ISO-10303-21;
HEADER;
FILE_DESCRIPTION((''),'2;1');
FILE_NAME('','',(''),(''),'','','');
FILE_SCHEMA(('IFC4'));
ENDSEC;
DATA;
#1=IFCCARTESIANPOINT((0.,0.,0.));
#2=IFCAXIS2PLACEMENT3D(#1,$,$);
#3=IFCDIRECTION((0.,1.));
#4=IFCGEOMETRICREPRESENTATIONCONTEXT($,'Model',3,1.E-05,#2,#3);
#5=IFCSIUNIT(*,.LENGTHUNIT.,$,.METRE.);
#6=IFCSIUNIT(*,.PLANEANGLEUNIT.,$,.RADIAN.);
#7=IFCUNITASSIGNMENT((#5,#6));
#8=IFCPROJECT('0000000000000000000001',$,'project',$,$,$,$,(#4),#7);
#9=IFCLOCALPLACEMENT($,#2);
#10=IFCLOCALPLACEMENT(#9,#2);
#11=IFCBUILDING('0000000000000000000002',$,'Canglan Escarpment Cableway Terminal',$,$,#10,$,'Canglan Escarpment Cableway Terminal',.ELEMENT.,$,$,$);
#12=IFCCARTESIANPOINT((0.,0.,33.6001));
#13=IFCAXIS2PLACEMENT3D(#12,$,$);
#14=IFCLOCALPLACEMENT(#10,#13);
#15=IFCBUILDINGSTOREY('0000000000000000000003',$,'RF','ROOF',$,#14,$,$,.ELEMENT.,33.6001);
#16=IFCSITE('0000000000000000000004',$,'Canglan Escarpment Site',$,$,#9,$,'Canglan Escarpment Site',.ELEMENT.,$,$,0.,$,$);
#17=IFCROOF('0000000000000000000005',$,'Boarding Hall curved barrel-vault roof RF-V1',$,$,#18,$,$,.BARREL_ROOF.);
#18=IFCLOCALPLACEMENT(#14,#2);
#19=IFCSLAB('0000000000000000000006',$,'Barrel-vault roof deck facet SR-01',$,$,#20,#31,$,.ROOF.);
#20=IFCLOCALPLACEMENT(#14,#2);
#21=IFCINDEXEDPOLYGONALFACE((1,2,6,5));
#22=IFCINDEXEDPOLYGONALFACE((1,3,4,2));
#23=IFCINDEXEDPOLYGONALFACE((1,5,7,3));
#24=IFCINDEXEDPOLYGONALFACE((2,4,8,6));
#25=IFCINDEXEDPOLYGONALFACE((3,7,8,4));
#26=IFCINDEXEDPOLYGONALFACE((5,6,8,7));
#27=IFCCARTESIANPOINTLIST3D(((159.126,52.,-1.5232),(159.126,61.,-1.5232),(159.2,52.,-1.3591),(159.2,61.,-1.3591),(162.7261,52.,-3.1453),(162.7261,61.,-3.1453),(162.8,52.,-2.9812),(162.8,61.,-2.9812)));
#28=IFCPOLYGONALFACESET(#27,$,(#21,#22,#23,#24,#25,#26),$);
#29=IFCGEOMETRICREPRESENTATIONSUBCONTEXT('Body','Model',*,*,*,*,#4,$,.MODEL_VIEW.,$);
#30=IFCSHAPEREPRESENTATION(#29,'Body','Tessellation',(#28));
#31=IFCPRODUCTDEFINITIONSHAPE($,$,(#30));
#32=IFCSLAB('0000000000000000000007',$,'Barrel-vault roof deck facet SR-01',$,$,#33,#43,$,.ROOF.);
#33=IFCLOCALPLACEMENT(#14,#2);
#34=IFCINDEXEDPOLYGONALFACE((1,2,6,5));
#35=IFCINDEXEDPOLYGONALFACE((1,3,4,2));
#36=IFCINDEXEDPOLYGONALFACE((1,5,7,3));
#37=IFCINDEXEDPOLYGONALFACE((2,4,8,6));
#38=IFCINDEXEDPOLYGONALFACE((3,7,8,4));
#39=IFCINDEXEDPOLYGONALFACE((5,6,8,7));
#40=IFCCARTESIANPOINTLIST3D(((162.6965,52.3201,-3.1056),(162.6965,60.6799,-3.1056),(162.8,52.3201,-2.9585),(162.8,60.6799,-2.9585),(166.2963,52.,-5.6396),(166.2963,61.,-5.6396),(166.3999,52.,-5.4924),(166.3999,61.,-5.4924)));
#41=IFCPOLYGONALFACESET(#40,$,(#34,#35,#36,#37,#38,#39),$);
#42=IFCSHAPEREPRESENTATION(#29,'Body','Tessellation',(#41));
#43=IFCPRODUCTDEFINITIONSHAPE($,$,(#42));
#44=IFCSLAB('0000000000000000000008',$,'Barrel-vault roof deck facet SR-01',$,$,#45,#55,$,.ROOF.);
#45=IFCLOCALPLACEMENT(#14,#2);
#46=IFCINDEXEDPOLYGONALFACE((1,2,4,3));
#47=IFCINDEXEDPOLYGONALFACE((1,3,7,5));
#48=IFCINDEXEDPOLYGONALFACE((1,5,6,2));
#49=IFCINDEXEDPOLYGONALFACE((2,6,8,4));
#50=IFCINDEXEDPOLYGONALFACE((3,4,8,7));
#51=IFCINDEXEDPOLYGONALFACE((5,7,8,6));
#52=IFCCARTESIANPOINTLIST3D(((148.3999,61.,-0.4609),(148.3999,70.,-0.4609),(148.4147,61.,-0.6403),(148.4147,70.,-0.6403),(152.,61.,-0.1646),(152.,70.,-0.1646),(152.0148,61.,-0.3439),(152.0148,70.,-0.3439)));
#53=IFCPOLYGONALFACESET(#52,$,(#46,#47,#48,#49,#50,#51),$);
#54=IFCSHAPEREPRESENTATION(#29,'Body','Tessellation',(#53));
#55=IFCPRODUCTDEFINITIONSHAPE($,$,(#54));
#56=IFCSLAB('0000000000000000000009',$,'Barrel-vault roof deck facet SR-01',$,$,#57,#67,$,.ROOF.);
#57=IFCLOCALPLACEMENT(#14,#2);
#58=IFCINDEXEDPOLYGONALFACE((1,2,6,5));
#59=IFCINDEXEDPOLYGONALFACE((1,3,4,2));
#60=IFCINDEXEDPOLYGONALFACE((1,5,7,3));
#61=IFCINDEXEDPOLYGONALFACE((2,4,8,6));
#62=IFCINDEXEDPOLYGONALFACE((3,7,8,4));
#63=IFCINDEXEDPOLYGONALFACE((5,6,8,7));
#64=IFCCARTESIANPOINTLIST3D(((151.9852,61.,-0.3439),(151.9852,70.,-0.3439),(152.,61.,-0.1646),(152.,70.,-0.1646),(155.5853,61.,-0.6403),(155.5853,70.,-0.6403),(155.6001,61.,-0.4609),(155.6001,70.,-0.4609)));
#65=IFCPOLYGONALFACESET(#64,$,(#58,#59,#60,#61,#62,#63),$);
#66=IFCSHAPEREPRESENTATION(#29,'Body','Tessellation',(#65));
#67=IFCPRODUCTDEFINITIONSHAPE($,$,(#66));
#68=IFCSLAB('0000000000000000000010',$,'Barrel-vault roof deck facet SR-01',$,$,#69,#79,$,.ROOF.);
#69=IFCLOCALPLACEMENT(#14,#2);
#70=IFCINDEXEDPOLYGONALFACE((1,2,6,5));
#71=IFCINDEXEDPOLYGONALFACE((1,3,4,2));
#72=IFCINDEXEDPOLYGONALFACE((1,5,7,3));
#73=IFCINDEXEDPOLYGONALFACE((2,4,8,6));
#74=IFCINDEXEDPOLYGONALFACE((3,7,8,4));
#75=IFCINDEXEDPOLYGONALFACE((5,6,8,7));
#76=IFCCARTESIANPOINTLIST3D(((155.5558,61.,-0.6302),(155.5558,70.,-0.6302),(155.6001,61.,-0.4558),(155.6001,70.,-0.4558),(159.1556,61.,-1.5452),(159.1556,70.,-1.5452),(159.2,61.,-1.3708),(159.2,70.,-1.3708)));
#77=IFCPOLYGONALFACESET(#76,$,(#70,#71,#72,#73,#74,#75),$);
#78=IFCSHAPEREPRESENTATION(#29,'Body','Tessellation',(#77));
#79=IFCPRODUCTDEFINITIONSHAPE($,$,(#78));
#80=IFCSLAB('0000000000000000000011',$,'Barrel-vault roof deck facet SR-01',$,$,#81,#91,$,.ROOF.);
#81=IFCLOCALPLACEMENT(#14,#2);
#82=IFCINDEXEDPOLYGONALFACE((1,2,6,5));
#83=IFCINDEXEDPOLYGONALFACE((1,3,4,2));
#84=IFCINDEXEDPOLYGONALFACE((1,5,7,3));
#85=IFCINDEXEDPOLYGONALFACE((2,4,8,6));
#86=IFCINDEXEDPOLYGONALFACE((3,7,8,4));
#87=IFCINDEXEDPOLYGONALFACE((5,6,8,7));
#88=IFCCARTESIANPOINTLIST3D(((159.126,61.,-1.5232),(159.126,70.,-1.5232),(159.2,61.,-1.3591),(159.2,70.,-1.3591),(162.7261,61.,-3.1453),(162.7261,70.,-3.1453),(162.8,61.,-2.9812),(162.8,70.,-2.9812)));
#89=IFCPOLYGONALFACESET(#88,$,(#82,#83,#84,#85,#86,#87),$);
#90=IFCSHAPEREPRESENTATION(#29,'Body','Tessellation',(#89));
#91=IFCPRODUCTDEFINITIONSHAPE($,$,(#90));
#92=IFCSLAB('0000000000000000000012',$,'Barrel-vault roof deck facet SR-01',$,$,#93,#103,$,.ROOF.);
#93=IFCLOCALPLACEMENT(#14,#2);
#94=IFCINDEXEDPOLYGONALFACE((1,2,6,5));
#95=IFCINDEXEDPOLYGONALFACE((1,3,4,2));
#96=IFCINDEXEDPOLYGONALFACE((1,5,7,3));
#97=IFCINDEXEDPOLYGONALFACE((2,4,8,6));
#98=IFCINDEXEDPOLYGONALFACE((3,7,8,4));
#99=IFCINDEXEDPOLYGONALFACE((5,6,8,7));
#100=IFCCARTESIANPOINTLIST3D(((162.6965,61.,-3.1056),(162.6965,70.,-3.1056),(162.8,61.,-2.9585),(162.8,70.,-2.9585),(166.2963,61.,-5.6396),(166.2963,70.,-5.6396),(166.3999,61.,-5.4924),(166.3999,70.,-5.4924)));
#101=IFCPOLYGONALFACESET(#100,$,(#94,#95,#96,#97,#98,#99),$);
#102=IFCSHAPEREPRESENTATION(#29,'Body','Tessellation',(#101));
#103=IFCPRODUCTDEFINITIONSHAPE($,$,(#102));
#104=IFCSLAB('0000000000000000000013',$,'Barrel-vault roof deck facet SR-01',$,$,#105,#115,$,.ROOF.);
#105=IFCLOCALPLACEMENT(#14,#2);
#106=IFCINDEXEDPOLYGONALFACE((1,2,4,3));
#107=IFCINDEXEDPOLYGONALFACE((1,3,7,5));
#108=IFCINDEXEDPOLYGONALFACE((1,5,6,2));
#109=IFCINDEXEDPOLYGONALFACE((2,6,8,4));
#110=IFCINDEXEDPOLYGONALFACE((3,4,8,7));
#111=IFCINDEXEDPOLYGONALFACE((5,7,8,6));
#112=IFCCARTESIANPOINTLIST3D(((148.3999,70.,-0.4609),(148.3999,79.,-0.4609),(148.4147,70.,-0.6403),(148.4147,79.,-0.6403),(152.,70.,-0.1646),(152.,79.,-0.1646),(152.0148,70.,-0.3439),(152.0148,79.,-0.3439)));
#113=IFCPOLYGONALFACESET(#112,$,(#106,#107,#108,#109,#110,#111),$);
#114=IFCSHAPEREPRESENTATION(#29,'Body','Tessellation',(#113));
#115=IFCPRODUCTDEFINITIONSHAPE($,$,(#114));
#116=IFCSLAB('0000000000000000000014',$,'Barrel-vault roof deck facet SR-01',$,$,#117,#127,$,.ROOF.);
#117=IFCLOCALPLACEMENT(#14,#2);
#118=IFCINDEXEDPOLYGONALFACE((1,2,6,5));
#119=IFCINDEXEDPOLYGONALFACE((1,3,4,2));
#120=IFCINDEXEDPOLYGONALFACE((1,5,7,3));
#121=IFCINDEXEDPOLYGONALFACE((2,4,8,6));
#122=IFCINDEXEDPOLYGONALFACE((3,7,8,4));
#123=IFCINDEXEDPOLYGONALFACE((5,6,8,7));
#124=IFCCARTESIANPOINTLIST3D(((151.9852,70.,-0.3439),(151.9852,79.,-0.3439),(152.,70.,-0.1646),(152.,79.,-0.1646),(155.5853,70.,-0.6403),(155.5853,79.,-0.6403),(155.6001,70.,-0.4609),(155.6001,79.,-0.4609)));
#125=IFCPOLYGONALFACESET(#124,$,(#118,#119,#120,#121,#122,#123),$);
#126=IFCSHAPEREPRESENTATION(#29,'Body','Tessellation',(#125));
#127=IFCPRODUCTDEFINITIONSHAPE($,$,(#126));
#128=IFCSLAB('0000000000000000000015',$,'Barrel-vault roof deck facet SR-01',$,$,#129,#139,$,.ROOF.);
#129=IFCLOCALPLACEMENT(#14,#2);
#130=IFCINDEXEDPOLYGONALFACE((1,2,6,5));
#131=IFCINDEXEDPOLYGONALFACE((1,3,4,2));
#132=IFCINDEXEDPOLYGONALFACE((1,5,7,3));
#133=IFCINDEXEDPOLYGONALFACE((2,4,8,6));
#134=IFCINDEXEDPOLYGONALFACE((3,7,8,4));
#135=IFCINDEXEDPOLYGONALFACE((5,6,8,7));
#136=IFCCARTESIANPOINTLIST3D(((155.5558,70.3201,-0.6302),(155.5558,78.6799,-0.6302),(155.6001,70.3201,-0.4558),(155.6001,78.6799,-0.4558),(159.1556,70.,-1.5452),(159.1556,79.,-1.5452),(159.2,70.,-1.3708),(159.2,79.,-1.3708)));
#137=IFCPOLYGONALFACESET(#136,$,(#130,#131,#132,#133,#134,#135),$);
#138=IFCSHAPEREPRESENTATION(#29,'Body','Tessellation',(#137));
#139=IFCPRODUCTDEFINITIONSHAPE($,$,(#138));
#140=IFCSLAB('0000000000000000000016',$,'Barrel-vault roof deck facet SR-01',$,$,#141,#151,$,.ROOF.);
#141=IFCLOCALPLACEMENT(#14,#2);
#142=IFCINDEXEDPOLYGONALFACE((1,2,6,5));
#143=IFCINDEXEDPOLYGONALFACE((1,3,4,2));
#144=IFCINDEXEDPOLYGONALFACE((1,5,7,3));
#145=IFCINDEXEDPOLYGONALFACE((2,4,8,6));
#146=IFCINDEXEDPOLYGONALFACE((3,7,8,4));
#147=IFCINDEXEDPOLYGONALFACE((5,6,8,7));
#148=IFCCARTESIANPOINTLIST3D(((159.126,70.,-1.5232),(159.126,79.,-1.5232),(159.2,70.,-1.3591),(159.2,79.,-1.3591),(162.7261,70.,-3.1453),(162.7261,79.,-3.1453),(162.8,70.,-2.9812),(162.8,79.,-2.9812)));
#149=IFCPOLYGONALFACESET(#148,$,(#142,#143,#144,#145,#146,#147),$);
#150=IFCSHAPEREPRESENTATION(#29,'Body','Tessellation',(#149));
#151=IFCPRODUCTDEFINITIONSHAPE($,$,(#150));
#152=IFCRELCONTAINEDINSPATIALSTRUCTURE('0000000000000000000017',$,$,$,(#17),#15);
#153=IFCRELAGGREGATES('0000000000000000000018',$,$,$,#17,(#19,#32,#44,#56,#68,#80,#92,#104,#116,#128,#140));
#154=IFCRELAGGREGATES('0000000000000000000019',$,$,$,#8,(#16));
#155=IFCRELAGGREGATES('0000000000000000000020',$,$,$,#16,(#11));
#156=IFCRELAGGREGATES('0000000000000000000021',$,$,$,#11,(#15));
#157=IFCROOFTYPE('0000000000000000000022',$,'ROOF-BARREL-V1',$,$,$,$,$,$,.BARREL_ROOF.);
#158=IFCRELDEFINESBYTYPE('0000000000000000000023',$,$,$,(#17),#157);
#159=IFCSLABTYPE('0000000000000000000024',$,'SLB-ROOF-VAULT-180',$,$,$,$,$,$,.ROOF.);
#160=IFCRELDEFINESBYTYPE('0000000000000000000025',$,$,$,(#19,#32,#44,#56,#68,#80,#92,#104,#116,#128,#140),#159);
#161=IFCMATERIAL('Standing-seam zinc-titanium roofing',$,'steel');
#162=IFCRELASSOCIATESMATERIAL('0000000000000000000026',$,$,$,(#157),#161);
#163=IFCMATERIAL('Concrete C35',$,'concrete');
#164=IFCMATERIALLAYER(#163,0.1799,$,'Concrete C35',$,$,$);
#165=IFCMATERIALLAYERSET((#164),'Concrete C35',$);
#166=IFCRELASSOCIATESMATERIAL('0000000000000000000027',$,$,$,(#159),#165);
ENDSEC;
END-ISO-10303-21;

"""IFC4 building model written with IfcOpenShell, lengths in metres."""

from ifc_helpers import new_model, si_unit, direction, frame, origin, place, context, subcontext, project, spatial, polyline, outline, extrude, material, layer, layer_set, type_object, element, aggregate, save


model = new_model("IFC4")

# Units and contexts
model_context = context("Model", 3, precision=1e-05, world=origin(), true_north=direction((0.0, 1.0)))
body_context = subcontext(model_context, "Body", "Model", "MODEL_VIEW")
ifc_project = project(units=[si_unit("LENGTHUNIT", "METRE"), si_unit("PLANEANGLEUNIT", "RADIAN")], contexts=[model_context])

# Site, building, storey
site_placement = place(None, origin())
site = spatial("IfcSite", under=ifc_project, at=site_placement, Name="Canglan Escarpment Site", LongName="Canglan Escarpment Site", CompositionType="ELEMENT", RefElevation=0.0)
building_placement = place(site_placement, origin())
building = spatial("IfcBuilding", under=site, at=building_placement, Name="Canglan Escarpment Cableway Terminal", LongName="Canglan Escarpment Cableway Terminal", CompositionType="ELEMENT")
storey_placement = place(building_placement, frame((0.0, 0.0, 33.6001)))
storey = spatial("IfcBuildingStorey", under=building, at=storey_placement, Name="RF", Description="ROOF", CompositionType="ELEMENT", Elevation=33.6001)

# Shared definitions
ifc_material_1 = material(Name="Standing-seam zinc-titanium roofing", Category="steel")
ifc_material_2 = material(Name="Concrete C35", Category="concrete")

# Roof, slabs
roof_type_1 = type_object("IfcRoofType", Name="ROOF-BARREL-V1", PredefinedType="BARREL_ROOF", material=ifc_material_1)
roof_1_placement = place(storey_placement, origin())
roof_1 = element("IfcRoof", 1, at=roof_1_placement, inside=storey, type_object=roof_type_1, Name="Boarding Hall curved barrel-vault roof RF-V1", PredefinedType="BARREL_ROOF")
ifc_layer_1 = layer(ifc_material_2, 0.1799, Name="Concrete C35")
ifc_layer_set_1 = layer_set([ifc_layer_1], Name="Concrete C35")
slab_type_1 = type_object("IfcSlabType", Name="SLB-ROOF-VAULT-180", PredefinedType="ROOF", material=ifc_layer_set_1)
slab_1_placement = place(storey_placement, frame((159.2, 52.0, -1.3591), z_axis=(0.410791, 0.0, 0.911729), x_axis=(0.911729, 0.0, -0.410791)))
slab_1 = element("IfcSlab", 2, at=slab_1_placement, type_object=slab_type_1, Name="Barrel-vault roof deck facet SR-01", PredefinedType="ROOF", context=body_context, shape_type="SweptSolid", body=[
    extrude(outline(polyline([(0.0, 0.0), (3.9486, 0.0), (3.9486, 9.0), (0.0, 9.0), (0.0, 0.0)])), origin(), (0.0, 0.0, -1.0), 0.1799),
])
slab_2_placement = place(storey_placement, frame((162.8, 52.3201, -2.9585), z_axis=(0.575601, 0.0, 0.817731), x_axis=(0.815578, -0.072514, -0.574085)))
slab_2 = element("IfcSlab", 3, at=slab_2_placement, type_object=slab_type_1, Name="Barrel-vault roof deck facet SR-01", PredefinedType="ROOF", context=body_context, shape_type="SweptSolid", body=[
    extrude(outline(polyline([(0.0, 0.0), (4.4139, 0.0), (3.7612, 8.9763), (-0.6062, 8.3379), (0.0, 0.0)])), origin(), (0.0, 0.0, -1.0), 0.1799),
])
slab_3_placement = place(storey_placement, frame((148.3999, 61.0, -0.4609), z_axis=(-0.08205, 0.0, 0.996628), x_axis=(0.996628, 0.0, 0.08205)))
slab_3 = element("IfcSlab", 4, at=slab_3_placement, type_object=slab_type_1, Name="Barrel-vault roof deck facet SR-01", PredefinedType="ROOF", context=body_context, shape_type="SweptSolid", body=[
    extrude(outline(polyline([(0.0, 0.0), (3.6123, 0.0), (3.6123, 9.0), (0.0, 9.0), (0.0, 0.0)])), origin(), (0.0, 0.0, -1.0), 0.1799),
])
slab_4_placement = place(storey_placement, frame((152.0, 61.0, -0.1646), z_axis=(0.08205, 0.0, 0.996628), x_axis=(0.996628, 0.0, -0.08205)))
slab_4 = element("IfcSlab", 5, at=slab_4_placement, type_object=slab_type_1, Name="Barrel-vault roof deck facet SR-01", PredefinedType="ROOF", context=body_context, shape_type="SweptSolid", body=[
    extrude(outline(polyline([(0.0, 0.0), (3.6123, 0.0), (3.6123, 9.0), (0.0, 9.0), (0.0, 0.0)])), origin(), (0.0, 0.0, -1.0), 0.1799),
])
slab_5_placement = place(storey_placement, frame((155.6001, 61.0, -0.4558), z_axis=(0.246354, 0.0, 0.96918), x_axis=(0.96918, 0.0, -0.246354)))
slab_5 = element("IfcSlab", 6, at=slab_5_placement, type_object=slab_type_1, Name="Barrel-vault roof deck facet SR-01", PredefinedType="ROOF", context=body_context, shape_type="SweptSolid", body=[
    extrude(outline(polyline([(0.0, 0.0), (3.7143, 0.0), (3.7143, 9.0), (0.0, 9.0), (0.0, 0.0)])), origin(), (0.0, 0.0, -1.0), 0.1799),
])
slab_6_placement = place(storey_placement, frame((159.2, 61.0, -1.3591), z_axis=(0.410791, 0.0, 0.911729), x_axis=(0.911729, 0.0, -0.410791)))
slab_6 = element("IfcSlab", 7, at=slab_6_placement, type_object=slab_type_1, Name="Barrel-vault roof deck facet SR-01", PredefinedType="ROOF", context=body_context, shape_type="SweptSolid", body=[
    extrude(outline(polyline([(0.0, 0.0), (3.9486, 0.0), (3.9486, 9.0), (0.0, 9.0), (0.0, 0.0)])), origin(), (0.0, 0.0, -1.0), 0.1799),
])
slab_7_placement = place(storey_placement, frame((162.8, 61.0, -2.9585), z_axis=(0.575601, 0.0, 0.817731), x_axis=(0.817731, 0.0, -0.575601)))
slab_7 = element("IfcSlab", 8, at=slab_7_placement, type_object=slab_type_1, Name="Barrel-vault roof deck facet SR-01", PredefinedType="ROOF", context=body_context, shape_type="SweptSolid", body=[
    extrude(outline(polyline([(0.0, 0.0), (4.4022, 0.0), (4.4022, 9.0), (0.0, 9.0), (0.0, 0.0)])), origin(), (0.0, 0.0, -1.0), 0.1799),
])
slab_8_placement = place(storey_placement, frame((148.3999, 70.0, -0.4609), z_axis=(-0.08205, 0.0, 0.996628), x_axis=(0.996628, 0.0, 0.08205)))
slab_8 = element("IfcSlab", 9, at=slab_8_placement, type_object=slab_type_1, Name="Barrel-vault roof deck facet SR-01", PredefinedType="ROOF", context=body_context, shape_type="SweptSolid", body=[
    extrude(outline(polyline([(0.0, 0.0), (3.6123, 0.0), (3.6123, 9.0), (0.0, 9.0), (0.0, 0.0)])), origin(), (0.0, 0.0, -1.0), 0.1799),
])
slab_9_placement = place(storey_placement, frame((152.0, 70.0, -0.1646), z_axis=(0.08205, 0.0, 0.996628), x_axis=(0.996628, 0.0, -0.08205)))
slab_9 = element("IfcSlab", 10, at=slab_9_placement, type_object=slab_type_1, Name="Barrel-vault roof deck facet SR-01", PredefinedType="ROOF", context=body_context, shape_type="SweptSolid", body=[
    extrude(outline(polyline([(0.0, 0.0), (3.6123, 0.0), (3.6123, 9.0), (0.0, 9.0), (0.0, 0.0)])), origin(), (0.0, 0.0, -1.0), 0.1799),
])
slab_10_placement = place(storey_placement, frame((155.6001, 70.3201, -0.4558), z_axis=(0.246354, 0.0, 0.96918), x_axis=(0.965602, -0.085853, -0.245444)))
slab_10 = element("IfcSlab", 11, at=slab_10_placement, type_object=slab_type_1, Name="Barrel-vault roof deck facet SR-01", PredefinedType="ROOF", context=body_context, shape_type="SweptSolid", body=[
    extrude(outline(polyline([(0.0, 0.0), (3.7281, 0.0), (2.9554, 8.9668), (-0.7177, 8.329), (0.0, 0.0)])), origin(), (0.0, 0.0, -1.0), 0.1799),
])
slab_11_placement = place(storey_placement, frame((159.2, 70.0, -1.3591), z_axis=(0.410791, 0.0, 0.911729), x_axis=(0.911729, 0.0, -0.410791)))
slab_11 = element("IfcSlab", 12, at=slab_11_placement, type_object=slab_type_1, Name="Barrel-vault roof deck facet SR-01", PredefinedType="ROOF", context=body_context, shape_type="SweptSolid", body=[
    extrude(outline(polyline([(0.0, 0.0), (3.9486, 0.0), (3.9486, 9.0), (0.0, 9.0), (0.0, 0.0)])), origin(), (0.0, 0.0, -1.0), 0.1799),
])
aggregate(roof_1, [slab_1, slab_2, slab_3, slab_4, slab_5, slab_6, slab_7, slab_8, slab_9, slab_10, slab_11])

save(model, "model.ifc")
